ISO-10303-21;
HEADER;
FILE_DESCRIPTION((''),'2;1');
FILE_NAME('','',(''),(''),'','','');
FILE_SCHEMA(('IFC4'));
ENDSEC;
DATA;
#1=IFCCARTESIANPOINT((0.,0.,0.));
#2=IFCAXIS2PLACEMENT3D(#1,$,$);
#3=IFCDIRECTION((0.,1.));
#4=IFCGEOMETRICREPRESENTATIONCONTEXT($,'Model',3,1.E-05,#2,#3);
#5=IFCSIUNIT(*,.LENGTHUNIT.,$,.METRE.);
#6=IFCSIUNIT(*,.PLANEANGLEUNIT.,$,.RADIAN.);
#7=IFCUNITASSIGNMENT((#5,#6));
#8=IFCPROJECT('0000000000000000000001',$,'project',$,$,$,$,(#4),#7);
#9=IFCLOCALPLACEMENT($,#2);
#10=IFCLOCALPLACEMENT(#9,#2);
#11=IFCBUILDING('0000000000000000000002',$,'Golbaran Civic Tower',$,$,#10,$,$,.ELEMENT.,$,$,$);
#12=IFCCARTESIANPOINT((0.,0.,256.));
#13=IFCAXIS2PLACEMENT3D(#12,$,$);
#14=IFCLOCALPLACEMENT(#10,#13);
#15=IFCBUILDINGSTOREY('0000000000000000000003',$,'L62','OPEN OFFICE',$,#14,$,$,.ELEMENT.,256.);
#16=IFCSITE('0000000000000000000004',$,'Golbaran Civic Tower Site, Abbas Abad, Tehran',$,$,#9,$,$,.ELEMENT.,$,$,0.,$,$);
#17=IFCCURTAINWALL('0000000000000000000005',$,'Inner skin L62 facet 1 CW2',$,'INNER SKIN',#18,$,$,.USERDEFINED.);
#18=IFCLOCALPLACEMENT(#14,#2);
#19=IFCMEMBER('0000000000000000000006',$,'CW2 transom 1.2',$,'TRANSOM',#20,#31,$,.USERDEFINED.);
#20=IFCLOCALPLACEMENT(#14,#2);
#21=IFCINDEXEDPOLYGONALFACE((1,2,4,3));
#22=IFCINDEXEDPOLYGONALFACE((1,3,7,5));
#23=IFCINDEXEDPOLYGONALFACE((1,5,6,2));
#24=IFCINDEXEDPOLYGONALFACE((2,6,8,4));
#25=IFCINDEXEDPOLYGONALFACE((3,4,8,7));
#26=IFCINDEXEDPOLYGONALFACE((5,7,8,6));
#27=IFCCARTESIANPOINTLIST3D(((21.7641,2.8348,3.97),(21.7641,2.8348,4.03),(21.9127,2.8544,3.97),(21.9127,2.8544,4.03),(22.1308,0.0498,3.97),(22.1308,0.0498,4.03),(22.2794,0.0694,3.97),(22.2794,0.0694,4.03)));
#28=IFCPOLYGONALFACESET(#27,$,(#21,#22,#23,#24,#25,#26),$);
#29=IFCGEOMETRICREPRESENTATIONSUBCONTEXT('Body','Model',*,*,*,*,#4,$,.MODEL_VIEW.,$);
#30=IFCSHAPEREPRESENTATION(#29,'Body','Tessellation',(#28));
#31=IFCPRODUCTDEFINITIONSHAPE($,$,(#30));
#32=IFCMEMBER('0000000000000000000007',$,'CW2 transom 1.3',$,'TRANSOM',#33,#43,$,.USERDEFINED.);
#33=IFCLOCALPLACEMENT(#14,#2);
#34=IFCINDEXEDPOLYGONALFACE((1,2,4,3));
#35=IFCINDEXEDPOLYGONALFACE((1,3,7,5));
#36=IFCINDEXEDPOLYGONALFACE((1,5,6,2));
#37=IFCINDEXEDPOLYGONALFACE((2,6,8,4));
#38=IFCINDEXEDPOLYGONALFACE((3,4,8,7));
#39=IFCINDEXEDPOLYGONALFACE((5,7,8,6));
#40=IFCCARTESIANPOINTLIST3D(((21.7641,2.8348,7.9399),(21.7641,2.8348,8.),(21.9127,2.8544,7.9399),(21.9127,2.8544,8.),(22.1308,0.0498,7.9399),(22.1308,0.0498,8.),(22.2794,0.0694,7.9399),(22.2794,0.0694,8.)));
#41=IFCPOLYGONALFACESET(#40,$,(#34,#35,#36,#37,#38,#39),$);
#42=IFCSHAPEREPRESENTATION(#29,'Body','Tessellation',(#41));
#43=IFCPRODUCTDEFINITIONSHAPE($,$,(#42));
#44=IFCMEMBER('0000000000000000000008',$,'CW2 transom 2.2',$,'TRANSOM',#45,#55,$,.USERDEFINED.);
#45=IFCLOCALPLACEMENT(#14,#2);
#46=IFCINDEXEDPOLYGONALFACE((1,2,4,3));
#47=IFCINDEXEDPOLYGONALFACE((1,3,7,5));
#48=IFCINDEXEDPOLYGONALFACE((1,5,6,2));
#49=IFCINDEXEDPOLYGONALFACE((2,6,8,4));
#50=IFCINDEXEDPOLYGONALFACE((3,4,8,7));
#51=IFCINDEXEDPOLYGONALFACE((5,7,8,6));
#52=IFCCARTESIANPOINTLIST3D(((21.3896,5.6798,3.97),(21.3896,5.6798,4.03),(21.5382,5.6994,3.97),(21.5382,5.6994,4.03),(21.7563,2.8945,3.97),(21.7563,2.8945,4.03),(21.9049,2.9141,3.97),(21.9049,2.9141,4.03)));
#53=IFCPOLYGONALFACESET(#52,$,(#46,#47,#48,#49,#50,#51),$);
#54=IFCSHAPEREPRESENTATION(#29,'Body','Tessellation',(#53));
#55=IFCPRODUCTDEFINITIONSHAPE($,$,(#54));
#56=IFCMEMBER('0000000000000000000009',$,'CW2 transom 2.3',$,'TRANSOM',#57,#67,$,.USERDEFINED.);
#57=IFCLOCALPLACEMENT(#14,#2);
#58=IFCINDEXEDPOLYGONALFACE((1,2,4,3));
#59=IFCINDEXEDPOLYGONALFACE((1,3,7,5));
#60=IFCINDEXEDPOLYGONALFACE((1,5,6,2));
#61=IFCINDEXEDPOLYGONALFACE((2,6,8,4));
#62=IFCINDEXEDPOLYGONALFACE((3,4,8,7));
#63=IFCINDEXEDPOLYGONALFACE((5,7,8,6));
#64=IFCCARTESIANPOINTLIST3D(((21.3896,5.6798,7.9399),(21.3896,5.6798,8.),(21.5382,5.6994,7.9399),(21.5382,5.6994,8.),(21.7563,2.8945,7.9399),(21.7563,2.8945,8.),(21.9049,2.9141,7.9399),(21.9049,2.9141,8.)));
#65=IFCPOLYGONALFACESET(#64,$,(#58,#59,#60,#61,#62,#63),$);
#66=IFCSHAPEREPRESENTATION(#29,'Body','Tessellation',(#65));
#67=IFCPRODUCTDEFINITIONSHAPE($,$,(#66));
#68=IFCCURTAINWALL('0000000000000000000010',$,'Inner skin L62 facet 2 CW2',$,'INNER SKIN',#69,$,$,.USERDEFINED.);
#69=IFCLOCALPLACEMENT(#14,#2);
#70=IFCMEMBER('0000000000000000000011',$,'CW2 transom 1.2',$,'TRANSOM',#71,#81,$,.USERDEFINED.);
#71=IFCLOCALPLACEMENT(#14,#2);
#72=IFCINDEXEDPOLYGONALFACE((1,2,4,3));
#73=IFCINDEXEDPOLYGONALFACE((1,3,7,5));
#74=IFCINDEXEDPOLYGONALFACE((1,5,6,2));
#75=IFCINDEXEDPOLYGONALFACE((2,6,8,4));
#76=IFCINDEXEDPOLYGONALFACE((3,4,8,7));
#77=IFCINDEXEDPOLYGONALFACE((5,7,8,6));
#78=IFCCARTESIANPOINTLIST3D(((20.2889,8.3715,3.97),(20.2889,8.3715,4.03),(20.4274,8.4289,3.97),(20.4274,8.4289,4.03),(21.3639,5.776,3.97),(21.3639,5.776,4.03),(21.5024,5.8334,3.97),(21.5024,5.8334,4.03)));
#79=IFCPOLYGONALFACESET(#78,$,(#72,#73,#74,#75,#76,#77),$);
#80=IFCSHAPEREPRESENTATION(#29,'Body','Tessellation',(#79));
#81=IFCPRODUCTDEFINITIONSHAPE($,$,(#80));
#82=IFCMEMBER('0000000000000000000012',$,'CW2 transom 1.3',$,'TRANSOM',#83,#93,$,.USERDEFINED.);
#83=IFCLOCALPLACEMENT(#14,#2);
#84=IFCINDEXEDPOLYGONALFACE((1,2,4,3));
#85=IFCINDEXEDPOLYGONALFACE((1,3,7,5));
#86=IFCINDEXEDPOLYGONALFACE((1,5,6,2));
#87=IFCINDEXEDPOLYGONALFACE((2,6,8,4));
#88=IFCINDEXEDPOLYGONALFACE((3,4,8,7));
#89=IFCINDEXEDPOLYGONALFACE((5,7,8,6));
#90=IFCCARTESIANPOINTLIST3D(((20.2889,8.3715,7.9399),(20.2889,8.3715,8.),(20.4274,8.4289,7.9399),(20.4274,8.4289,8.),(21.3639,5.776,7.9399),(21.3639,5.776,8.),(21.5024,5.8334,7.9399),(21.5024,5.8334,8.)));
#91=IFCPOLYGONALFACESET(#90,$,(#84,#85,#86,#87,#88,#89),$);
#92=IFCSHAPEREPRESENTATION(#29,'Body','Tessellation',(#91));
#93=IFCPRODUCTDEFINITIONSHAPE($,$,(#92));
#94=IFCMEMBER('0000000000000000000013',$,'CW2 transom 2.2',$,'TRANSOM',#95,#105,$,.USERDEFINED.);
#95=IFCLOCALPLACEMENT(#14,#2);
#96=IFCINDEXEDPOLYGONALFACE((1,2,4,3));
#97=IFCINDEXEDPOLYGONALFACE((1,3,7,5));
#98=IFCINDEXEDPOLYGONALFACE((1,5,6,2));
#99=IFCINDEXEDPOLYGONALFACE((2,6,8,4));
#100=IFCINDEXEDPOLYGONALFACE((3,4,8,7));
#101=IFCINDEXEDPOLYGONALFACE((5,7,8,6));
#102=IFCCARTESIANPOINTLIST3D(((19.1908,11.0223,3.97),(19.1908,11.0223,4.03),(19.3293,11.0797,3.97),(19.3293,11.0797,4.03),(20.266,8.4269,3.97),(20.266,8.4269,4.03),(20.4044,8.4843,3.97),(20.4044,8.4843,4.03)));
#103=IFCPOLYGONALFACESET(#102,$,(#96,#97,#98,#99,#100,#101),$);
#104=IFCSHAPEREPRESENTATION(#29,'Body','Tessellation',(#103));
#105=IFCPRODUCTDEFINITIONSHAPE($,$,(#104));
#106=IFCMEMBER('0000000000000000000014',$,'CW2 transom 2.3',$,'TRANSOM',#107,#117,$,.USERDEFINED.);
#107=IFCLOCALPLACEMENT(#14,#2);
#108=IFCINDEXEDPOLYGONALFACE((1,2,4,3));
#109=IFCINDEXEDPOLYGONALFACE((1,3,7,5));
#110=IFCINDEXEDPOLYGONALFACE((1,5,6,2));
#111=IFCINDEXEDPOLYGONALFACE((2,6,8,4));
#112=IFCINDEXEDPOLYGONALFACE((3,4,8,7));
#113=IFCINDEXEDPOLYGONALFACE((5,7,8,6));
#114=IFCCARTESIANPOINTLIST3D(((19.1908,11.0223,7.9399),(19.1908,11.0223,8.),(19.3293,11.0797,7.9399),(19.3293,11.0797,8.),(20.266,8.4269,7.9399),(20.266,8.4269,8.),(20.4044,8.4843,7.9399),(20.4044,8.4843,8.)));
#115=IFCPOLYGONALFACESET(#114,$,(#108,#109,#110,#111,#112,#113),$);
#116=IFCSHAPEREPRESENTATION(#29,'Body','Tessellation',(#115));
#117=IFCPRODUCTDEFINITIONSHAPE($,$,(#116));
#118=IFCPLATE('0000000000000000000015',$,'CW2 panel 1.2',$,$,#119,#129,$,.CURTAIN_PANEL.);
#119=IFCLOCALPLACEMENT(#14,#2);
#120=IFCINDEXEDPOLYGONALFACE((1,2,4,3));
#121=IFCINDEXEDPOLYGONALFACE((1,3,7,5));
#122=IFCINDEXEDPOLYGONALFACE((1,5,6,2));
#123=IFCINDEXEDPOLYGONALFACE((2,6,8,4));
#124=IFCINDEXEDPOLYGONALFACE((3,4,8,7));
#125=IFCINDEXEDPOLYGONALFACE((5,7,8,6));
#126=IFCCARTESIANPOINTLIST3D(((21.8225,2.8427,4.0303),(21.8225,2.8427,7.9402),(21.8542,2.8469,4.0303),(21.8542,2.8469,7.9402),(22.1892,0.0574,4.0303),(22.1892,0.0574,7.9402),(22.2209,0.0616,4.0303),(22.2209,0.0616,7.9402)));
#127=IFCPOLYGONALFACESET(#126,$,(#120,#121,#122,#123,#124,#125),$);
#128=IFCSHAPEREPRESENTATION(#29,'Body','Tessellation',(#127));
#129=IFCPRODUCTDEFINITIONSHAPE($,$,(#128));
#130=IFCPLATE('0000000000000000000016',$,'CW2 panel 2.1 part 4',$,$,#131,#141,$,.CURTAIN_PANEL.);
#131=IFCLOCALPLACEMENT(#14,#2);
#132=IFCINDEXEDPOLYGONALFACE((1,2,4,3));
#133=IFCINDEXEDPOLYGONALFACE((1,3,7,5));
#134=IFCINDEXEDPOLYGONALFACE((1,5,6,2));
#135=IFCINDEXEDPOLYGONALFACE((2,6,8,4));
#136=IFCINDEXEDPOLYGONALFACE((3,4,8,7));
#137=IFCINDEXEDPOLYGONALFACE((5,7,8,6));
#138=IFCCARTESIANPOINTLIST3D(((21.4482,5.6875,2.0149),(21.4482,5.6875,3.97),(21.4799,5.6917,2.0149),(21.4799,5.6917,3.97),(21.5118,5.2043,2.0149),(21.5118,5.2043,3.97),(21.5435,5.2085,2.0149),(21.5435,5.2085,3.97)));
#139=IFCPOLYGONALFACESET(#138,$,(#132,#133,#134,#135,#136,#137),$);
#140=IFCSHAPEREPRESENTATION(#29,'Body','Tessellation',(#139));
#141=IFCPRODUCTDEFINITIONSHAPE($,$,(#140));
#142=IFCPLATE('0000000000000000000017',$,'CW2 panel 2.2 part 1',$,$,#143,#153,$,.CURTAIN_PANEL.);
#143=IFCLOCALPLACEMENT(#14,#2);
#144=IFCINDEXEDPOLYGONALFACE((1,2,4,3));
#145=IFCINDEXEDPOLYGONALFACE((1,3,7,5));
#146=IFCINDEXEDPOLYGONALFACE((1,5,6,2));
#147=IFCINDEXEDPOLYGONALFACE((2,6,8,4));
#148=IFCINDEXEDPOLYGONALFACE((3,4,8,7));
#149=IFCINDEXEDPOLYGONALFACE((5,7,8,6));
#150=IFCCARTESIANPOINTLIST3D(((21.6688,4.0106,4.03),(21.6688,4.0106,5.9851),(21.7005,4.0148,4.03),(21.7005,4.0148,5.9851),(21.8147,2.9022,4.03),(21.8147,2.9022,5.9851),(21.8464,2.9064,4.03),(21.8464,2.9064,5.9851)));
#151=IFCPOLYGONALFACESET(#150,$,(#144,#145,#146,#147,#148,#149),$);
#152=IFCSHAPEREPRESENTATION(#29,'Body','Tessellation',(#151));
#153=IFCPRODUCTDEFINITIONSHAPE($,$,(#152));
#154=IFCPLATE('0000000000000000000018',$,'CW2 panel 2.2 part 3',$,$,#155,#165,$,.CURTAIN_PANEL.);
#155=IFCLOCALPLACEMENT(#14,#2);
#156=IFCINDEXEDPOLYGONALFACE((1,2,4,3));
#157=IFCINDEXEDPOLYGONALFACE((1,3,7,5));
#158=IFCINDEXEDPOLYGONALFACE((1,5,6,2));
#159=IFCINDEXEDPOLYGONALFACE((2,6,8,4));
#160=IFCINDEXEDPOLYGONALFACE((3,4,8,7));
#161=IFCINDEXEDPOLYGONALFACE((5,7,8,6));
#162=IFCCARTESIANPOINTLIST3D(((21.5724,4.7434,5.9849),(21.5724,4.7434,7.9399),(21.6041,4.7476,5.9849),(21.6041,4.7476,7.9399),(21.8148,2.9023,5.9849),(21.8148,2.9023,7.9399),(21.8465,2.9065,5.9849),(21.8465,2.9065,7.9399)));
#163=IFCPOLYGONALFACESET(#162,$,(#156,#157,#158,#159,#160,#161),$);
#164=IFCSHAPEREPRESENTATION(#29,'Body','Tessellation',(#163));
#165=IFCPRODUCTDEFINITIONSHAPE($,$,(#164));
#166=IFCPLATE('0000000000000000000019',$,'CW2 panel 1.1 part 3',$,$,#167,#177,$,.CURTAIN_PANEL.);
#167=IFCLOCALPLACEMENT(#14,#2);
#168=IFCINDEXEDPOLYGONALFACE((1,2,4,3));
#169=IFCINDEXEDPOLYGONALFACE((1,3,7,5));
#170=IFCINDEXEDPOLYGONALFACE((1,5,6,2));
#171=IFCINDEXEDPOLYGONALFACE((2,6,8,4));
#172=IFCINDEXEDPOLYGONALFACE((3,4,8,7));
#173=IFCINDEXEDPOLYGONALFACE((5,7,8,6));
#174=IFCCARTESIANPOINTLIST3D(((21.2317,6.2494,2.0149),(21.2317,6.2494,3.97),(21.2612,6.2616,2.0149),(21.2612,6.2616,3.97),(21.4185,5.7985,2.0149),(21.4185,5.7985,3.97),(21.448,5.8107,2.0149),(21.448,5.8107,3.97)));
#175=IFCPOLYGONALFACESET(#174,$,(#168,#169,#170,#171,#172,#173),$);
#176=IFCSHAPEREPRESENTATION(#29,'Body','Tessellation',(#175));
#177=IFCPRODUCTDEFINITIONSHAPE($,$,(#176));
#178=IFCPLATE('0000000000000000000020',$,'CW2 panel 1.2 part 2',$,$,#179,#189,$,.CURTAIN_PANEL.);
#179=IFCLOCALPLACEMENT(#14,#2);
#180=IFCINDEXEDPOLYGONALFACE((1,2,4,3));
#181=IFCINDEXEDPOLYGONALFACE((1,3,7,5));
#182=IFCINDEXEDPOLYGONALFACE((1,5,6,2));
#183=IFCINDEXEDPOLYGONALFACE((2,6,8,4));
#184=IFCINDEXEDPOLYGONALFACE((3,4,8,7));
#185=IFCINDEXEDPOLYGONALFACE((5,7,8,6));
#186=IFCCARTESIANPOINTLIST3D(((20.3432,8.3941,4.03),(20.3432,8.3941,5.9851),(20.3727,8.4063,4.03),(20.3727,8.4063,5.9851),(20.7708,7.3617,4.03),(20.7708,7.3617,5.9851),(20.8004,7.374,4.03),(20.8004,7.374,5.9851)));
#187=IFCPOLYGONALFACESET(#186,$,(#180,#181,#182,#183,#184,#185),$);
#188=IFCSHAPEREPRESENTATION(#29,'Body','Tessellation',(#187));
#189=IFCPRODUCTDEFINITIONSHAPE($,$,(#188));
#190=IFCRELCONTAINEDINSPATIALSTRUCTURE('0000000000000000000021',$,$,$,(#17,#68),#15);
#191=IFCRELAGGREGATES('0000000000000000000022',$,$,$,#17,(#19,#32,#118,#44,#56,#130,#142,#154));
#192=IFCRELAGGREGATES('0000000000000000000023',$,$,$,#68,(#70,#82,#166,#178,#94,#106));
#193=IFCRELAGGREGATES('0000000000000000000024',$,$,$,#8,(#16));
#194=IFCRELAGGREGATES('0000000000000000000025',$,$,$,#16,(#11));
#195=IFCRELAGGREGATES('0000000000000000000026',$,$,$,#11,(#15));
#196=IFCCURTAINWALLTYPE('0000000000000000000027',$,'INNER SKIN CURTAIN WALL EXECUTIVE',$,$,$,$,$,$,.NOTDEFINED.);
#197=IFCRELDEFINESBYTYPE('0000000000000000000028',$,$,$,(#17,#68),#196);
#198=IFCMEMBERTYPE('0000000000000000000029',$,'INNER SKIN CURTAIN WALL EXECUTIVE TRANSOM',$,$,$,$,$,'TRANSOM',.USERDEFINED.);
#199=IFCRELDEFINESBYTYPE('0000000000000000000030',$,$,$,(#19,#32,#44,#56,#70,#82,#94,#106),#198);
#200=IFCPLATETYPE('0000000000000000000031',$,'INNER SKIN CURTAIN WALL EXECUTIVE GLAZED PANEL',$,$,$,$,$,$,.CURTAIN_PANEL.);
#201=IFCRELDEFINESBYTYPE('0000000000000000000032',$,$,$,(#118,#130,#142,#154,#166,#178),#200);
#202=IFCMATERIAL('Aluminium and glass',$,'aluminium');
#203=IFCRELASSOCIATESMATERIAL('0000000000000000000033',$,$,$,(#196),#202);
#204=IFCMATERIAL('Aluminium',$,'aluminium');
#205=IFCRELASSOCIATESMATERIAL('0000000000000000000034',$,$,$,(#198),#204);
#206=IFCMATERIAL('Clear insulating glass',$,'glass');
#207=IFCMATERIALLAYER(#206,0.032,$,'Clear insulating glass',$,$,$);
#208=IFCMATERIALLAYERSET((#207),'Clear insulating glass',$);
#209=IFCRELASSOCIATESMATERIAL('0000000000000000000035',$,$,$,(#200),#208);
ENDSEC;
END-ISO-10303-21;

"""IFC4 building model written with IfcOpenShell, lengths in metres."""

from ifc_helpers import new_model, si_unit, direction, frame, origin, origin_2d, place, context, subcontext, project, spatial, rectangle, extrude, material, layer, layer_set, material_profile, profile_set, type_object, element, aggregate, save


model = new_model("IFC4")

# Units and contexts
model_context = context("Model", 3, precision=1e-05, world=origin(), true_north=direction((0.0, 1.0)))
body_context = subcontext(model_context, "Body", "Model", "MODEL_VIEW")
ifc_project = project(units=[si_unit("LENGTHUNIT", "METRE"), si_unit("PLANEANGLEUNIT", "RADIAN")], contexts=[model_context])

# Site, building, storey
site_placement = place(None, origin())
site = spatial("IfcSite", under=ifc_project, at=site_placement, Name="Golbaran Civic Tower Site, Abbas Abad, Tehran", CompositionType="ELEMENT", RefElevation=0.0)
building_placement = place(site_placement, origin())
building = spatial("IfcBuilding", under=site, at=building_placement, Name="Golbaran Civic Tower", CompositionType="ELEMENT")
storey_placement = place(building_placement, frame((0.0, 0.0, 256.0)))
storey = spatial("IfcBuildingStorey", under=building, at=storey_placement, Name="L62", Description="OPEN OFFICE", CompositionType="ELEMENT", Elevation=256.0)

# Curtain walls, members
ifc_material_1 = material(Name="Aluminium and glass", Category="aluminium")
curtain_wall_type = type_object("IfcCurtainWallType", Name="INNER SKIN CURTAIN WALL EXECUTIVE", PredefinedType="NOTDEFINED", material=ifc_material_1)
curtain_wall_1_placement = place(storey_placement, origin())
curtain_wall_1 = element("IfcCurtainWall", 1, at=curtain_wall_1_placement, inside=storey, type_object=curtain_wall_type, Name="Inner skin L62 facet 1 CW2", ObjectType="INNER SKIN", PredefinedType="USERDEFINED")
ifc_material_2 = material(Name="Aluminium", Category="aluminium")
ifc_material_profile = material_profile(ifc_material_2, rectangle(XDim=0.1499, YDim=0.0601, at=origin_2d()), Name="INNER SKIN CURTAIN WALL EXECUTIVE TRANSOM")
ifc_profile_set = profile_set([ifc_material_profile], Name="Aluminium")
member_type = type_object("IfcMemberType", Name="INNER SKIN CURTAIN WALL EXECUTIVE TRANSOM", ElementType="TRANSOM", PredefinedType="USERDEFINED", material=ifc_profile_set)
member_1_placement = place(storey_placement, frame((22.2051, 0.0596, 4.0), z_axis=(-0.130535, 0.991444, 0.0), x_axis=(-0.991444, -0.130535, 0.0)))
member_1 = element("IfcMember", 2, at=member_1_placement, type_object=member_type, Name="CW2 transom 1.2", ObjectType="TRANSOM", PredefinedType="USERDEFINED", context=body_context, shape_type="SweptSolid", body=[
    extrude(rectangle(XDim=0.1499, YDim=0.0601, at=origin_2d()), origin(), (0.0, 0.0, 1.0), 2.8091),
])
member_2_placement = place(storey_placement, frame((22.2051, 0.0596, 7.97), z_axis=(-0.130535, 0.991444, 0.0), x_axis=(-0.991444, -0.130535, 0.0)))
member_2 = element("IfcMember", 3, at=member_2_placement, type_object=member_type, Name="CW2 transom 1.3", ObjectType="TRANSOM", PredefinedType="USERDEFINED", context=body_context, shape_type="SweptSolid", body=[
    extrude(rectangle(XDim=0.1499, YDim=0.0601, at=origin_2d()), origin(), (0.0, 0.0, 1.0), 2.8091),
])
member_3_placement = place(storey_placement, frame((21.8306, 2.9043, 4.0), z_axis=(-0.130524, 0.991445, 0.0), x_axis=(-0.991445, -0.130524, 0.0)))
member_3 = element("IfcMember", 4, at=member_3_placement, type_object=member_type, Name="CW2 transom 2.2", ObjectType="TRANSOM", PredefinedType="USERDEFINED", context=body_context, shape_type="SweptSolid", body=[
    extrude(rectangle(XDim=0.1499, YDim=0.0601, at=origin_2d()), origin(), (0.0, 0.0, 1.0), 2.8093),
])
member_4_placement = place(storey_placement, frame((21.8306, 2.9043, 7.97), z_axis=(-0.130524, 0.991445, 0.0), x_axis=(-0.991445, -0.130524, 0.0)))
member_4 = element("IfcMember", 5, at=member_4_placement, type_object=member_type, Name="CW2 transom 2.3", ObjectType="TRANSOM", PredefinedType="USERDEFINED", context=body_context, shape_type="SweptSolid", body=[
    extrude(rectangle(XDim=0.1499, YDim=0.0601, at=origin_2d()), origin(), (0.0, 0.0, 1.0), 2.8093),
])
curtain_wall_2_placement = place(storey_placement, origin())
curtain_wall_2 = element("IfcCurtainWall", 6, at=curtain_wall_2_placement, inside=storey, type_object=curtain_wall_type, Name="Inner skin L62 facet 2 CW2", ObjectType="INNER SKIN", PredefinedType="USERDEFINED")
member_5_placement = place(storey_placement, frame((21.4331, 5.8047, 4.0), z_axis=(-0.382646, 0.923895, 0.0), x_axis=(-0.923895, -0.382646, 0.0)))
member_5 = element("IfcMember", 7, at=member_5_placement, type_object=member_type, Name="CW2 transom 1.2", ObjectType="TRANSOM", PredefinedType="USERDEFINED", context=body_context, shape_type="SweptSolid", body=[
    extrude(rectangle(XDim=0.1499, YDim=0.0601, at=origin_2d()), origin(), (0.0, 0.0, 1.0), 2.8093),
])
member_6_placement = place(storey_placement, frame((21.4331, 5.8047, 7.97), z_axis=(-0.382646, 0.923895, 0.0), x_axis=(-0.923895, -0.382646, 0.0)))
member_6 = element("IfcMember", 8, at=member_6_placement, type_object=member_type, Name="CW2 transom 1.3", ObjectType="TRANSOM", PredefinedType="USERDEFINED", context=body_context, shape_type="SweptSolid", body=[
    extrude(rectangle(XDim=0.1499, YDim=0.0601, at=origin_2d()), origin(), (0.0, 0.0, 1.0), 2.8093),
])
member_7_placement = place(storey_placement, frame((20.3352, 8.4556, 4.0), z_axis=(-0.38272, 0.923864, 0.0), x_axis=(-0.923864, -0.38272, 0.0)))
member_7 = element("IfcMember", 9, at=member_7_placement, type_object=member_type, Name="CW2 transom 2.2", ObjectType="TRANSOM", PredefinedType="USERDEFINED", context=body_context, shape_type="SweptSolid", body=[
    extrude(rectangle(XDim=0.1499, YDim=0.0601, at=origin_2d()), origin(), (0.0, 0.0, 1.0), 2.8093),
])
member_8_placement = place(storey_placement, frame((20.3352, 8.4556, 7.97), z_axis=(-0.38272, 0.923864, 0.0), x_axis=(-0.923864, -0.38272, 0.0)))
member_8 = element("IfcMember", 10, at=member_8_placement, type_object=member_type, Name="CW2 transom 2.3", ObjectType="TRANSOM", PredefinedType="USERDEFINED", context=body_context, shape_type="SweptSolid", body=[
    extrude(rectangle(XDim=0.1499, YDim=0.0601, at=origin_2d()), origin(), (0.0, 0.0, 1.0), 2.8093),
])

# Plates
ifc_material_3 = material(Name="Clear insulating glass", Category="glass")
ifc_layer_1 = layer(ifc_material_3, 0.032, Name="Clear insulating glass")
ifc_layer_set_1 = layer_set([ifc_layer_1], Name="Clear insulating glass")
plate_type_1 = type_object("IfcPlateType", Name="INNER SKIN CURTAIN WALL EXECUTIVE GLAZED PANEL", PredefinedType="CURTAIN_PANEL", material=ifc_layer_set_1)
plate_1_placement = place(storey_placement, frame((22.0217, 1.4521, 4.0303), z_axis=(0.0, 0.0, 1.0), x_axis=(-0.130526, 0.991445, 0.0)))
plate_1 = element("IfcPlate", 11, at=plate_1_placement, type_object=plate_type_1, Name="CW2 panel 1.2", PredefinedType="CURTAIN_PANEL", context=body_context, shape_type="SweptSolid", body=[
    extrude(rectangle(XDim=2.8093, YDim=0.032, at=origin_2d()), origin(), (0.0, 0.0, 1.0), 3.9099),
])
plate_2_placement = place(storey_placement, frame((21.4958, 5.448, 2.0149), z_axis=(0.0, 0.0, 1.0), x_axis=(-0.130526, 0.991445, 0.0)))
plate_2 = element("IfcPlate", 12, at=plate_2_placement, type_object=plate_type_1, Name="CW2 panel 2.1 part 4", PredefinedType="CURTAIN_PANEL", context=body_context, shape_type="SweptSolid", body=[
    extrude(rectangle(XDim=0.4873, YDim=0.032, at=origin_2d()), origin(), (0.0, 0.0, 1.0), 1.9551),
])
plate_3_placement = place(storey_placement, frame((21.7576, 3.4585, 4.03), z_axis=(0.0, 0.0, 1.0), x_axis=(-0.130526, 0.991445, 0.0)))
plate_3 = element("IfcPlate", 13, at=plate_3_placement, type_object=plate_type_1, Name="CW2 panel 2.2 part 1", PredefinedType="CURTAIN_PANEL", context=body_context, shape_type="SweptSolid", body=[
    extrude(rectangle(XDim=1.1179, YDim=0.032, at=origin_2d()), origin(), (0.0, 0.0, 1.0), 1.9551),
])
plate_4_placement = place(storey_placement, frame((21.7095, 3.825, 5.9849), z_axis=(0.0, 0.0, 1.0), x_axis=(-0.130526, 0.991445, 0.0)))
plate_4 = element("IfcPlate", 14, at=plate_4_placement, type_object=plate_type_1, Name="CW2 panel 2.2 part 3", PredefinedType="CURTAIN_PANEL", context=body_context, shape_type="SweptSolid", body=[
    extrude(rectangle(XDim=1.8569, YDim=0.032, at=origin_2d()), origin(), (0.0, 0.0, 1.0), 1.9551),
])
plate_5_placement = place(storey_placement, frame((21.3398, 6.03, 2.0149), z_axis=(0.0, 0.0, 1.0), x_axis=(-0.382683, 0.92388, 0.0)))
plate_5 = element("IfcPlate", 15, at=plate_5_placement, type_object=plate_type_1, Name="CW2 panel 1.1 part 3", PredefinedType="CURTAIN_PANEL", context=body_context, shape_type="SweptSolid", body=[
    extrude(rectangle(XDim=0.488, YDim=0.032, at=origin_2d()), origin(), (0.0, 0.0, 1.0), 1.9551),
])
plate_6_placement = place(storey_placement, frame((20.5718, 7.884, 4.03), z_axis=(0.0, 0.0, 1.0), x_axis=(-0.382683, 0.92388, 0.0)))
plate_6 = element("IfcPlate", 16, at=plate_6_placement, type_object=plate_type_1, Name="CW2 panel 1.2 part 2", PredefinedType="CURTAIN_PANEL", context=body_context, shape_type="SweptSolid", body=[
    extrude(rectangle(XDim=1.1174, YDim=0.032, at=origin_2d()), origin(), (0.0, 0.0, 1.0), 1.9551),
])
aggregate(curtain_wall_1, [member_1, member_2, plate_1, member_3, member_4, plate_2, plate_3, plate_4])
aggregate(curtain_wall_2, [member_5, member_6, plate_5, plate_6, member_7, member_8])

save(model, "model.ifc")
